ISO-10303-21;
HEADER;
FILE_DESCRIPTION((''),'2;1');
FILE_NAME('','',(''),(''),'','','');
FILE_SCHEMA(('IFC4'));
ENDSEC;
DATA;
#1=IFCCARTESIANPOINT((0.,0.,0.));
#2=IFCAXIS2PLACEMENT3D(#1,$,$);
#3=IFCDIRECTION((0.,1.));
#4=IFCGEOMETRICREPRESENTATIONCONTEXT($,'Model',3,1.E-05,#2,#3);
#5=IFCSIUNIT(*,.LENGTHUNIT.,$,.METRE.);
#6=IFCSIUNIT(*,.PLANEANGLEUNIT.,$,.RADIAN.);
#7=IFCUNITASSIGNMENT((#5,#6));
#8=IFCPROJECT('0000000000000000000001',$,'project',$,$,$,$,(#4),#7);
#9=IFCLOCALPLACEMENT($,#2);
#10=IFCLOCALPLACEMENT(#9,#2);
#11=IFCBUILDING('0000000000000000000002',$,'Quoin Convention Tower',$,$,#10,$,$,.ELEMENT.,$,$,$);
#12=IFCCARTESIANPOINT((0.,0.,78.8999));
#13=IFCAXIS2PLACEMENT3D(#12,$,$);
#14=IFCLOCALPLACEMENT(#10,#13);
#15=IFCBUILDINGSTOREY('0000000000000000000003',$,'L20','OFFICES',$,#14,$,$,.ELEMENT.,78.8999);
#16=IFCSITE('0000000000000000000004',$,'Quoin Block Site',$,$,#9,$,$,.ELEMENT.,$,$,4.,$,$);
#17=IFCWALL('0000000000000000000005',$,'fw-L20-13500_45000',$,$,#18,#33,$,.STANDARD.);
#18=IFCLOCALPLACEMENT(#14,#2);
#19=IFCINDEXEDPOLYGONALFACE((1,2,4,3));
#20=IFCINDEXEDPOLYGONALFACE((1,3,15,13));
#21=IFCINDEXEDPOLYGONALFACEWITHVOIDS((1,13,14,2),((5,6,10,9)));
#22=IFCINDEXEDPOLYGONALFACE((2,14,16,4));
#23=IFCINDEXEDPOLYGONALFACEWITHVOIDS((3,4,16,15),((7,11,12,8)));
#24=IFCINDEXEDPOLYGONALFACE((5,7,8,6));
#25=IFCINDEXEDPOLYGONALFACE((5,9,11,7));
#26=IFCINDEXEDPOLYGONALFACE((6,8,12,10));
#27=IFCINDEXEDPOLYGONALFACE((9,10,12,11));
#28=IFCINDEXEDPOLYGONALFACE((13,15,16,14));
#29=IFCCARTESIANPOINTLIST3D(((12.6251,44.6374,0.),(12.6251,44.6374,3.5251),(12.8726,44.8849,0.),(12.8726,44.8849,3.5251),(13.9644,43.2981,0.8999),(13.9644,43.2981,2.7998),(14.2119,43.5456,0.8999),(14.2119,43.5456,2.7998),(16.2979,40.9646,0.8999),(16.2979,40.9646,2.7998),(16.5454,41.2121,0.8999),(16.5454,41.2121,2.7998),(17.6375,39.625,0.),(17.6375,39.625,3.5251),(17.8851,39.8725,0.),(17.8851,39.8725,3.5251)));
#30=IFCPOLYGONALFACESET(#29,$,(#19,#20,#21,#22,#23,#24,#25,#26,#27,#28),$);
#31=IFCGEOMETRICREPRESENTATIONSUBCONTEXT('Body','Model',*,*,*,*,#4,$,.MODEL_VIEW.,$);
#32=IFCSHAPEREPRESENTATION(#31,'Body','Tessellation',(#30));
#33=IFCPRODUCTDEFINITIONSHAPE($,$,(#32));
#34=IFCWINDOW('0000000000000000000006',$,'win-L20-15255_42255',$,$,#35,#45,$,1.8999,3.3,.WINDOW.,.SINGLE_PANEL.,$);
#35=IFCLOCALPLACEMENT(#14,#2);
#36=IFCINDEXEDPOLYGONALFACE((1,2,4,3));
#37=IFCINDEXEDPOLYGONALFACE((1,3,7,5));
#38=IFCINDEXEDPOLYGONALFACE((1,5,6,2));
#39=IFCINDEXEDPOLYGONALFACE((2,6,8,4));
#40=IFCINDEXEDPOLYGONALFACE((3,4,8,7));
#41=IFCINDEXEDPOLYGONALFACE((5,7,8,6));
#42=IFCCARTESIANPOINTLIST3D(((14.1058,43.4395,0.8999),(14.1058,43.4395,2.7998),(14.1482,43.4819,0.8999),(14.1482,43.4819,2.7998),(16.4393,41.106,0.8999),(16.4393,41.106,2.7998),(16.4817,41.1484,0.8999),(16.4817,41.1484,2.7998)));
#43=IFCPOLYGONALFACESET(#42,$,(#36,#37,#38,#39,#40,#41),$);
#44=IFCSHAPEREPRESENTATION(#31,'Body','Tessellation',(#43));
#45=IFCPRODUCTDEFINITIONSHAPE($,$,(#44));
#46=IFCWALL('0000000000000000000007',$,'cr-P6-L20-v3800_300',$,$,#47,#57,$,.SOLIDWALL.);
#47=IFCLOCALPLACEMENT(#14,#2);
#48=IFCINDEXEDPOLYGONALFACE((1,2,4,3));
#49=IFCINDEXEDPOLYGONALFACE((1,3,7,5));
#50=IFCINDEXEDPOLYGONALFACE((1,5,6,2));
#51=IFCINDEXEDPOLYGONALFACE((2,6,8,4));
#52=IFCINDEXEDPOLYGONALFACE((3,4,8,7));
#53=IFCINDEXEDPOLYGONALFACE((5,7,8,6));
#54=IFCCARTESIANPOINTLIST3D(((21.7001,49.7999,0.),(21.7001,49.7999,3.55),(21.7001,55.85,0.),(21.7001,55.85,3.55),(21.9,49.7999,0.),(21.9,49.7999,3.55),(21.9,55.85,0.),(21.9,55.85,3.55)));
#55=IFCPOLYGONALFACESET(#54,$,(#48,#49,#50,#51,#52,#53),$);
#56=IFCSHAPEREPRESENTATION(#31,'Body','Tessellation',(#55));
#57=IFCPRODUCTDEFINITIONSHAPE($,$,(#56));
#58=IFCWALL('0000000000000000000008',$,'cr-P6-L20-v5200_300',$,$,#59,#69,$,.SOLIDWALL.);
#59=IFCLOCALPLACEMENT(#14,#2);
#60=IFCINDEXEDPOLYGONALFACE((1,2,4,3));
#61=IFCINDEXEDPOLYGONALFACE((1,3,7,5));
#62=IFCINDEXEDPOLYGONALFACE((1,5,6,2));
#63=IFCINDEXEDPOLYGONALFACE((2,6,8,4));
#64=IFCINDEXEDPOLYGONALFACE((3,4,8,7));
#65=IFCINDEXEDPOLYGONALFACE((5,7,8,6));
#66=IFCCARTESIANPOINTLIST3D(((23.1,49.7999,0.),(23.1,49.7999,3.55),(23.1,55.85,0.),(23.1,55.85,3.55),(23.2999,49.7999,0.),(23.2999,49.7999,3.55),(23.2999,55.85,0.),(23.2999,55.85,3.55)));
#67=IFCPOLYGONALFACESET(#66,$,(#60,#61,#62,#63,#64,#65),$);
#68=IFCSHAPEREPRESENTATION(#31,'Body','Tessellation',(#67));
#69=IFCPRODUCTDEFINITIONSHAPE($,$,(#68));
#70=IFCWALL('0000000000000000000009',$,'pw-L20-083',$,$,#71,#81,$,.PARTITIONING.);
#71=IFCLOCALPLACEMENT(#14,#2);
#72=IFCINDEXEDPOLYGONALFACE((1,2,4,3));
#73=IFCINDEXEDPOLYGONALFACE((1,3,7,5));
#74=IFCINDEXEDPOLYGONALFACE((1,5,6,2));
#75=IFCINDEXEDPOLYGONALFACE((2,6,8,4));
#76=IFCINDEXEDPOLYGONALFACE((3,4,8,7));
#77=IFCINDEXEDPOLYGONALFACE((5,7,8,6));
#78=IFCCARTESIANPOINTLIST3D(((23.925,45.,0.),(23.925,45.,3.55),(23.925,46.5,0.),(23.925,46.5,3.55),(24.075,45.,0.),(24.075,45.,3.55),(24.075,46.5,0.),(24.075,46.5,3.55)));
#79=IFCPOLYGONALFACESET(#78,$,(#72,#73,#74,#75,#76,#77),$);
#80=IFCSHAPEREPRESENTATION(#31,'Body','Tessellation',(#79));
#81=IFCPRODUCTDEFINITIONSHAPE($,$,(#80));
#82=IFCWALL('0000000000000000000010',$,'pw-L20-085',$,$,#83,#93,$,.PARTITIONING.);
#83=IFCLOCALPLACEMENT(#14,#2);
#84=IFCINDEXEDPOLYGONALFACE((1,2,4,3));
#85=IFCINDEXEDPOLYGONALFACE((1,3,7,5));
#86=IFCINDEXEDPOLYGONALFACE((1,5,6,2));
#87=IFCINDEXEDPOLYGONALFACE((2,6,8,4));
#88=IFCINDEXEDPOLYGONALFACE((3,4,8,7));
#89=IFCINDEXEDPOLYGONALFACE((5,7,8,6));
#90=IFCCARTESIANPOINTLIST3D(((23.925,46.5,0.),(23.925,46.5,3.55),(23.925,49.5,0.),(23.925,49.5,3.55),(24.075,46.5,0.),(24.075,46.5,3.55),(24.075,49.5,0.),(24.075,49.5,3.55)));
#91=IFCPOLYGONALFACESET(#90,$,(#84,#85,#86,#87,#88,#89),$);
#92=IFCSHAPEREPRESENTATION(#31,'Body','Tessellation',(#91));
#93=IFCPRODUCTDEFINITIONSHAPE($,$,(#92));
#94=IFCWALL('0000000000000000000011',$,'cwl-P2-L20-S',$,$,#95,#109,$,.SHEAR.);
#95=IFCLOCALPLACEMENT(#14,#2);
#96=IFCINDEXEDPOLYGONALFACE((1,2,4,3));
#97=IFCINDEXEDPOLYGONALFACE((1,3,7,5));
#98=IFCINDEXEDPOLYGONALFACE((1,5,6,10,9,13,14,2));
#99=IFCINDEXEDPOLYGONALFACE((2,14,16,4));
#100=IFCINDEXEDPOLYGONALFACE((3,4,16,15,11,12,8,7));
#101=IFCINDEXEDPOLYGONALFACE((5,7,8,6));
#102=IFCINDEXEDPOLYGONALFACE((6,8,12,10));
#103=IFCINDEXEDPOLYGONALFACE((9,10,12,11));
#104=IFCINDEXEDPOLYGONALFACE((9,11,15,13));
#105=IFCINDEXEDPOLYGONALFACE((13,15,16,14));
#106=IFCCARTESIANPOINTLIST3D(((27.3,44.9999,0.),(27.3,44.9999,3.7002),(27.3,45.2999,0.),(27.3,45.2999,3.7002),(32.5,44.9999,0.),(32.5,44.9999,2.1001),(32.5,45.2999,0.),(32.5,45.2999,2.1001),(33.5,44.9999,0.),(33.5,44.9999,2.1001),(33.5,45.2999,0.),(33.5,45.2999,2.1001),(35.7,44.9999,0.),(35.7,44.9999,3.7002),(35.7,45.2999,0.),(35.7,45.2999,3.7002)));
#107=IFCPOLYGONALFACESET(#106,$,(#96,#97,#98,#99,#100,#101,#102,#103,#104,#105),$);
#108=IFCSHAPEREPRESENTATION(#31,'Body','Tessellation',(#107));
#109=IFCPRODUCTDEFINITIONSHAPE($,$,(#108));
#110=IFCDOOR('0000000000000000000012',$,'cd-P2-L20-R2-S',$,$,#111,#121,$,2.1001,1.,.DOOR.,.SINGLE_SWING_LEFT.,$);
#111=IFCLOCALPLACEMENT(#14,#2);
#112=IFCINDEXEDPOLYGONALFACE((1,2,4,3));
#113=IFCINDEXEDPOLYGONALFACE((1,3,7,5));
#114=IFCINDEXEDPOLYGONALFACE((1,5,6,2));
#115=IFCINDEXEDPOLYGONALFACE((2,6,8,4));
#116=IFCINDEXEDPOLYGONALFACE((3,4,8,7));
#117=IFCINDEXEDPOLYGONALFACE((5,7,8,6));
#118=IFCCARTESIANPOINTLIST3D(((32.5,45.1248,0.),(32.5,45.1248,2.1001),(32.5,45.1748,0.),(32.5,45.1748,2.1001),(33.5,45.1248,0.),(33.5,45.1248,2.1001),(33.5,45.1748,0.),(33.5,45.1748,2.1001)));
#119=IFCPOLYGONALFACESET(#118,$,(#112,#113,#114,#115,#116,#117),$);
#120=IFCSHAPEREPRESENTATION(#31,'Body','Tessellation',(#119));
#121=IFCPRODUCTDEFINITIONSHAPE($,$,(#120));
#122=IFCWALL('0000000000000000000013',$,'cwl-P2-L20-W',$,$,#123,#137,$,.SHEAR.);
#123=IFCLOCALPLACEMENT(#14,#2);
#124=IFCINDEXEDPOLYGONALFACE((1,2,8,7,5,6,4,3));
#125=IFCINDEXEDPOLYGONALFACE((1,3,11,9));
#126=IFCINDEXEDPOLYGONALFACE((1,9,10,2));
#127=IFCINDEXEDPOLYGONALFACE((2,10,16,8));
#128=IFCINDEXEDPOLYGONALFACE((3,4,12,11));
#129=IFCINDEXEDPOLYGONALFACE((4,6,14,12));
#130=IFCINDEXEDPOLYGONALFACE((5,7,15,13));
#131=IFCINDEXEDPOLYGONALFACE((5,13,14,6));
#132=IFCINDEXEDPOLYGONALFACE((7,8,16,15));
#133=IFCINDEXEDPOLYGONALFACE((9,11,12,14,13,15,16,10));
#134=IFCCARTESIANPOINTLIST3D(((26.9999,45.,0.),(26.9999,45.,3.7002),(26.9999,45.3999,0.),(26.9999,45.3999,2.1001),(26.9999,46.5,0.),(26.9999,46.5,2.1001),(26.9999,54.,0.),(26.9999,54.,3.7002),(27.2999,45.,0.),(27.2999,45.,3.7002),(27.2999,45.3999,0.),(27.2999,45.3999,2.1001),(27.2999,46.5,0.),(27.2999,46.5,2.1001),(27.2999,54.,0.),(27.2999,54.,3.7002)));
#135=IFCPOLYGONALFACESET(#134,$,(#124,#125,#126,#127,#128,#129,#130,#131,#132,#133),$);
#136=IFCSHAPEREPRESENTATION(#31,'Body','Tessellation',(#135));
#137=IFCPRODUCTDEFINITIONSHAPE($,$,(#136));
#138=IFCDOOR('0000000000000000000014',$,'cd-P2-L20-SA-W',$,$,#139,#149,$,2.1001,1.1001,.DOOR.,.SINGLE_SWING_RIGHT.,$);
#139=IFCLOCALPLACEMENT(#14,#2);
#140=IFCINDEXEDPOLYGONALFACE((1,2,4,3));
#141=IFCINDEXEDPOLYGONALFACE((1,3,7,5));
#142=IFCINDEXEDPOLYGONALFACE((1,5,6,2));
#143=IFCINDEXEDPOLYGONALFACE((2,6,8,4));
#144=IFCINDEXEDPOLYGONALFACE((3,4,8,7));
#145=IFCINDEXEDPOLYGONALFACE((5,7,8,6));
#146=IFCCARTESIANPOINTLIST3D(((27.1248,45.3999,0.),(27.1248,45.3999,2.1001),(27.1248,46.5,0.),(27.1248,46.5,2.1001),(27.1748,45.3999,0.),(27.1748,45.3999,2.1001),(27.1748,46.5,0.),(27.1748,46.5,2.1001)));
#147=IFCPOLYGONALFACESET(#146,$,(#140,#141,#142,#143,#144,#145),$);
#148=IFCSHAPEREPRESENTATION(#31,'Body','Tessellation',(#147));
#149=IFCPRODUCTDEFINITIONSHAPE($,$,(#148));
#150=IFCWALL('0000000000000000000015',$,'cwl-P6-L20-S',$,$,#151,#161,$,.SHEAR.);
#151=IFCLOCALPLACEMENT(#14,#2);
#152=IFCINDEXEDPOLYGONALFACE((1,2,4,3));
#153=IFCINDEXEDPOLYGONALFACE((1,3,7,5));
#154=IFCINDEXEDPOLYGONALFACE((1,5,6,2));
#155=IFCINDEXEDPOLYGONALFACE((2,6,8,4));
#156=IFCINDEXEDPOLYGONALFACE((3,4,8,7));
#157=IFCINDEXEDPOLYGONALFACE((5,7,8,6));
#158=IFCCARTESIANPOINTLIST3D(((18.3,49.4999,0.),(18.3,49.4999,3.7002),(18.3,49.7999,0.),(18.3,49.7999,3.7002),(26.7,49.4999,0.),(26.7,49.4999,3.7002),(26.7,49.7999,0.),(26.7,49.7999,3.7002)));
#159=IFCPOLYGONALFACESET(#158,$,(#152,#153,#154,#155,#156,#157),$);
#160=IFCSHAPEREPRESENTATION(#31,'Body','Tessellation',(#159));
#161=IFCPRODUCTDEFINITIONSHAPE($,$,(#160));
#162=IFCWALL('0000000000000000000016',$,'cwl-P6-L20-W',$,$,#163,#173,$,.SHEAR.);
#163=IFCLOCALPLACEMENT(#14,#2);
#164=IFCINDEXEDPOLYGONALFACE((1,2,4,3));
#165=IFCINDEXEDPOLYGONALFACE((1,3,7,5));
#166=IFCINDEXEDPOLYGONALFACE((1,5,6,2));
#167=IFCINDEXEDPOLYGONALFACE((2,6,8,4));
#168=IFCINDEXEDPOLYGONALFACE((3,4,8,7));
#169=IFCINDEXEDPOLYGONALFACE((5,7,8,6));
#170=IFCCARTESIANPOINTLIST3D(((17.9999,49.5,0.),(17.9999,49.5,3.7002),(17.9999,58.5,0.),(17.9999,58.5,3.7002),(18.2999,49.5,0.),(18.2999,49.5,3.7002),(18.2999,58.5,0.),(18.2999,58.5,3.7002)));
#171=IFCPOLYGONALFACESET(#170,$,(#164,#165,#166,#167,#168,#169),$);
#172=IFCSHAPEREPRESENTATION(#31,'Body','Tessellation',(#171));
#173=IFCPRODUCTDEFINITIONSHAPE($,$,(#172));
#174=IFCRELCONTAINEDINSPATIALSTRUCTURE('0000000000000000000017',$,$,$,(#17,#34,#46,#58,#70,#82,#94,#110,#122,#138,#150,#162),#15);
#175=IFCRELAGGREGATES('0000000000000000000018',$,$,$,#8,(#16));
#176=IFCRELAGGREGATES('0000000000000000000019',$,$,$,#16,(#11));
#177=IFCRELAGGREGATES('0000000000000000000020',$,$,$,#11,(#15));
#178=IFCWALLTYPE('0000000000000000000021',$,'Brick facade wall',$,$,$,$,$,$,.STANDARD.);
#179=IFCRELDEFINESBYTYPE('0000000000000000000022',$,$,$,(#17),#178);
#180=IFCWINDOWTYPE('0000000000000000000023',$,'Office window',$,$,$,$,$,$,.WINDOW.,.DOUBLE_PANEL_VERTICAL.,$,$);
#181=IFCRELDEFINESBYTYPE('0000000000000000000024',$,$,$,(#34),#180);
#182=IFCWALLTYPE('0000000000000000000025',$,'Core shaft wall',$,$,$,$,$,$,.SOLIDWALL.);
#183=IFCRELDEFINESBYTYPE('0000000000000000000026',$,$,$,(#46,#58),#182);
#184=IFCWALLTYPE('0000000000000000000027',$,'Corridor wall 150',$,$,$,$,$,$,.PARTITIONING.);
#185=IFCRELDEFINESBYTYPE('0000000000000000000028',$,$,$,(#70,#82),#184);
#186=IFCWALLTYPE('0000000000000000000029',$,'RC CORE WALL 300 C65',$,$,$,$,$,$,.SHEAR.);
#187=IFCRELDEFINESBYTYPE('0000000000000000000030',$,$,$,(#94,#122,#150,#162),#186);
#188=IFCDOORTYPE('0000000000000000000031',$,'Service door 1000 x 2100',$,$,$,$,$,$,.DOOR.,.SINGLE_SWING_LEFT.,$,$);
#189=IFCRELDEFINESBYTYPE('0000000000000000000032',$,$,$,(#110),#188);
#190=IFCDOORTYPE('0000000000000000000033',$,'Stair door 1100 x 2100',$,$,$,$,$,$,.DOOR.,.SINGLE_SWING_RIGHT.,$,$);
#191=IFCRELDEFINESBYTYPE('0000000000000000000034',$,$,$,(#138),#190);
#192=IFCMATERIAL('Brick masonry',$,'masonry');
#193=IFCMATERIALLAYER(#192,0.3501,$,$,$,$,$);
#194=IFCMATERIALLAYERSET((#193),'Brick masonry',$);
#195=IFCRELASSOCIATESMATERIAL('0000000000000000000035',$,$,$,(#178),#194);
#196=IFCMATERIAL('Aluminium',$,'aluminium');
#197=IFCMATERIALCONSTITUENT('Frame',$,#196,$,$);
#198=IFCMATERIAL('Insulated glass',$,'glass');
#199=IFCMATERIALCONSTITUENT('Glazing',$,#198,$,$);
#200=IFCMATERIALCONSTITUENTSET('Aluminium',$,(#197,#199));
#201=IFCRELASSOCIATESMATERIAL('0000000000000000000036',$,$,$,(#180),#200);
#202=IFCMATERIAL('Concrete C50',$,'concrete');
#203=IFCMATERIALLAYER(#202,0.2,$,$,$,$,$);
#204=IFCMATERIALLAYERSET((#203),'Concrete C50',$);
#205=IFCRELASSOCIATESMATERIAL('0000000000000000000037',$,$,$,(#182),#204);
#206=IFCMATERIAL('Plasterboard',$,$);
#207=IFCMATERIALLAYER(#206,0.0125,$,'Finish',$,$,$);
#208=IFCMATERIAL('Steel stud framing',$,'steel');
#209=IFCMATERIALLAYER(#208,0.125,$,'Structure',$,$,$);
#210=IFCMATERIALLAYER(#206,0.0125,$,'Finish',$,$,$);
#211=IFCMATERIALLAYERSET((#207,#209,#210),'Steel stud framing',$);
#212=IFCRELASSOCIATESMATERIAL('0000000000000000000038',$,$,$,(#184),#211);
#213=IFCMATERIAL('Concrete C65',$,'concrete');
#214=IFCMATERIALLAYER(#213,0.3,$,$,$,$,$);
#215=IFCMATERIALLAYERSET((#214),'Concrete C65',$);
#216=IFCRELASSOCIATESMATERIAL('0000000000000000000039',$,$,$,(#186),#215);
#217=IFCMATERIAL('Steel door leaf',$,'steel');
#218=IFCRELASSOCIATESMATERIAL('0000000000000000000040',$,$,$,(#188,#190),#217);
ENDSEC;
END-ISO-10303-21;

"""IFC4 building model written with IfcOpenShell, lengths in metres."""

from ifc_helpers import new_model, si_unit, direction, frame, frame_2d, origin, place, context, subcontext, project, spatial, rectangle, extrude, material, layer, layer_set, constituent, constituent_set, type_object, element, fill, save


model = new_model("IFC4")

# Units and contexts
model_context = context("Model", 3, precision=1e-05, world=origin(), true_north=direction((0.0, 1.0)))
body_context = subcontext(model_context, "Body", "Model", "MODEL_VIEW")
ifc_project = project(units=[si_unit("LENGTHUNIT", "METRE"), si_unit("PLANEANGLEUNIT", "RADIAN")], contexts=[model_context])

# Site, building, storey
site_placement = place(None, origin())
site = spatial("IfcSite", under=ifc_project, at=site_placement, Name="Quoin Block Site", CompositionType="ELEMENT", RefElevation=4.0)
building_placement = place(site_placement, origin())
building = spatial("IfcBuilding", under=site, at=building_placement, Name="Quoin Convention Tower", CompositionType="ELEMENT")
storey_placement = place(building_placement, frame((0.0, 0.0, 78.8999)))
storey = spatial("IfcBuildingStorey", under=building, at=storey_placement, Name="L20", Description="OFFICES", CompositionType="ELEMENT", Elevation=78.8999)

# Shared definitions
ifc_material_1 = material(Name="Concrete C65", Category="concrete")

# Wall, opening, window
ifc_material_2 = material(Name="Brick masonry", Category="masonry")
ifc_layer_1 = layer(ifc_material_2, 0.3501)
ifc_layer_set_1 = layer_set([ifc_layer_1], Name="Brick masonry")
wall_type_1 = type_object("IfcWallType", Name="Brick facade wall", PredefinedType="STANDARD", material=ifc_layer_set_1)
wall_1_placement = place(storey_placement, frame((12.7488, 44.7612, 0.0), z_axis=(0.0, 0.0, 1.0), x_axis=(0.707107, -0.707107, 0.0)))
wall_1 = element("IfcWall", 1, at=wall_1_placement, inside=storey, type_object=wall_type_1, Name="fw-L20-13500_45000", PredefinedType="STANDARD", context=body_context, shape_type="SweptSolid", body=[
    extrude(rectangle(XDim=7.0886, YDim=0.3501, at=frame_2d((3.5444, 0.0))), origin(), (0.0, 0.0, 1.0), 3.5251),
])
opening_1_placement = place(wall_1_placement, frame((1.8943, 0.0, 0.8999)))
opening_1 = element("IfcOpeningElement", 2, at=opening_1_placement, cuts=wall_1, PredefinedType="OPENING", context=body_context, shape_type="SweptSolid", body=[
    extrude(rectangle(XDim=3.3, YDim=1.8999, at=frame_2d((1.6499, 0.95))), frame((0.0, 0.1851, 0.0), z_axis=(0.0, -1.0, 0.0), x_axis=(1.0, 0.0, 0.0)), (0.0, 0.0, 1.0), 0.3701),
])
ifc_material_3 = material(Name="Aluminium", Category="aluminium")
ifc_constituent_1 = constituent(ifc_material_3, Name="Frame")
ifc_material_4 = material(Name="Insulated glass", Category="glass")
ifc_constituent_2 = constituent(ifc_material_4, Name="Glazing")
ifc_constituent_set = constituent_set(constituents=[ifc_constituent_1, ifc_constituent_2], Name="Aluminium")
window_type = type_object("IfcWindowType", Name="Office window", PartitioningType="DOUBLE_PANEL_VERTICAL", PredefinedType="WINDOW", material=ifc_constituent_set)
window_placement = place(opening_1_placement, origin())
window = element("IfcWindow", 3, at=window_placement, inside=storey, type_object=window_type, Name="win-L20-15255_42255", OverallHeight=1.8999, OverallWidth=3.3, PartitioningType="SINGLE_PANEL", PredefinedType="WINDOW", context=body_context, shape_type="SweptSolid", body=[
    extrude(rectangle(XDim=3.3, YDim=1.8999, at=frame_2d((1.6499, 0.95))), frame((0.0, 0.085, 0.0), z_axis=(0.0, -1.0, 0.0), x_axis=(1.0, 0.0, 0.0)), (0.0, 0.0, 1.0), 0.0601),
])
fill(opening_1, window)

# Walls
ifc_material_5 = material(Name="Concrete C50", Category="concrete")
ifc_layer_2 = layer(ifc_material_5, 0.2)
ifc_layer_set_2 = layer_set([ifc_layer_2], Name="Concrete C50")
wall_type_2 = type_object("IfcWallType", Name="Core shaft wall", PredefinedType="SOLIDWALL", material=ifc_layer_set_2)
for number, where, z_axis, x_axis, name in (
    (4, (21.8, 49.8, 0.0), (0.0, 0.0, 1.0), (0.0, 1.0, 0.0), "cr-P6-L20-v3800_300"),
    (5, (23.2, 49.8, 0.0), (0.0, 0.0, 1.0), (0.0, 1.0, 0.0), "cr-P6-L20-v5200_300"),
):
    element("IfcWall", number, at=place(storey_placement, frame(where, z_axis=z_axis, x_axis=x_axis)), inside=storey, type_object=wall_type_2, Name=name, PredefinedType="SOLIDWALL", context=body_context, shape_type="SweptSolid", body=[
        extrude(rectangle(XDim=6.05, YDim=0.2, at=frame_2d((3.0249, 0.0))), origin(), (0.0, 0.0, 1.0), 3.55),
    ])
ifc_material_6 = material(Name="Plasterboard")
ifc_layer_3 = layer(ifc_material_6, 0.0125, Name="Finish")
ifc_material_7 = material(Name="Steel stud framing", Category="steel")
ifc_layer_4 = layer(ifc_material_7, 0.125, Name="Structure")
ifc_layer_5 = layer(ifc_material_6, 0.0125, Name="Finish")
ifc_layer_set_3 = layer_set([ifc_layer_3, ifc_layer_4, ifc_layer_5], Name="Steel stud framing")
wall_type_3 = type_object("IfcWallType", Name="Corridor wall 150", PredefinedType="PARTITIONING", material=ifc_layer_set_3)
wall_2_placement = place(storey_placement, frame((24.0, 45.0, 0.0), z_axis=(0.0, 0.0, 1.0), x_axis=(0.0, 1.0, 0.0)))
element("IfcWall", 6, at=wall_2_placement, inside=storey, type_object=wall_type_3, Name="pw-L20-083", PredefinedType="PARTITIONING", context=body_context, shape_type="SweptSolid", body=[
    extrude(rectangle(XDim=1.5, YDim=0.1499, at=frame_2d((0.75, 0.0))), origin(), (0.0, 0.0, 1.0), 3.55),
])
wall_3_placement = place(storey_placement, frame((24.0, 46.5, 0.0), z_axis=(0.0, 0.0, 1.0), x_axis=(0.0, 1.0, 0.0)))
element("IfcWall", 7, at=wall_3_placement, inside=storey, type_object=wall_type_3, Name="pw-L20-085", PredefinedType="PARTITIONING", context=body_context, shape_type="SweptSolid", body=[
    extrude(rectangle(XDim=3.0, YDim=0.1499, at=frame_2d((1.5, 0.0))), origin(), (0.0, 0.0, 1.0), 3.55),
])

# Walls, openings, doors
ifc_layer_6 = layer(ifc_material_1, 0.3)
ifc_layer_set_4 = layer_set([ifc_layer_6], Name="Concrete C65")
wall_type_4 = type_object("IfcWallType", Name="RC CORE WALL 300 C65", PredefinedType="SHEAR", material=ifc_layer_set_4)
wall_4_placement = place(storey_placement, frame((27.3, 45.1499, 0.0), z_axis=(0.0, 0.0, 1.0), x_axis=(1.0, 0.0, 0.0)))
wall_4 = element("IfcWall", 8, at=wall_4_placement, inside=storey, type_object=wall_type_4, Name="cwl-P2-L20-S", PredefinedType="SHEAR", context=body_context, shape_type="SweptSolid", body=[
    extrude(rectangle(XDim=8.3999, YDim=0.3, at=frame_2d((4.2, 0.0))), origin(), (0.0, 0.0, 1.0), 3.7002),
])
opening_2_placement = place(wall_4_placement, frame((5.2, 0.0, 0.0)))
opening_2 = element("IfcOpeningElement", 9, at=opening_2_placement, cuts=wall_4, PredefinedType="OPENING", context=body_context, shape_type="SweptSolid", body=[
    extrude(rectangle(XDim=1.0, YDim=2.1001, at=frame_2d((0.5, 1.05))), frame((0.0, 0.1599, 0.0), z_axis=(0.0, -1.0, 0.0), x_axis=(1.0, 0.0, 0.0)), (0.0, 0.0, 1.0), 0.3201),
])
ifc_material_8 = material(Name="Steel door leaf", Category="steel")
door_type_1 = type_object("IfcDoorType", Name="Service door 1000 x 2100", OperationType="SINGLE_SWING_LEFT", PredefinedType="DOOR", material=ifc_material_8)
door_1_placement = place(opening_2_placement, origin())
door_1 = element("IfcDoor", 10, at=door_1_placement, inside=storey, type_object=door_type_1, Name="cd-P2-L20-R2-S", OperationType="SINGLE_SWING_LEFT", OverallHeight=2.1001, OverallWidth=1.0, PredefinedType="DOOR", context=body_context, shape_type="SweptSolid", body=[
    extrude(rectangle(XDim=1.0, YDim=2.1001, at=frame_2d((0.5, 1.05))), frame((0.0, 0.0249, 0.0), z_axis=(0.0, -1.0, 0.0), x_axis=(1.0, 0.0, 0.0)), (0.0, 0.0, 1.0), 0.05),
])
fill(opening_2, door_1)
wall_5_placement = place(storey_placement, frame((27.1499, 45.0, 0.0), z_axis=(0.0, 0.0, 1.0), x_axis=(0.0, 1.0, 0.0)))
wall_5 = element("IfcWall", 11, at=wall_5_placement, inside=storey, type_object=wall_type_4, Name="cwl-P2-L20-W", PredefinedType="SHEAR", context=body_context, shape_type="SweptSolid", body=[
    extrude(rectangle(XDim=9.0, YDim=0.3, at=frame_2d((4.5, 0.0))), origin(), (0.0, 0.0, 1.0), 3.7002),
])
opening_3_placement = place(wall_5_placement, frame((0.3999, 0.0, 0.0)))
opening_3 = element("IfcOpeningElement", 12, at=opening_3_placement, cuts=wall_5, PredefinedType="OPENING", context=body_context, shape_type="SweptSolid", body=[
    extrude(rectangle(XDim=1.1001, YDim=2.1001, at=frame_2d((0.55, 1.05))), frame((0.0, 0.1599, 0.0), z_axis=(0.0, -1.0, 0.0), x_axis=(1.0, 0.0, 0.0)), (0.0, 0.0, 1.0), 0.3201),
])
door_type_2 = type_object("IfcDoorType", Name="Stair door 1100 x 2100", OperationType="SINGLE_SWING_RIGHT", PredefinedType="DOOR", material=ifc_material_8)
door_2_placement = place(opening_3_placement, frame((1.1001, 0.0, 0.0), z_axis=(0.0, 0.0, 1.0), x_axis=(-1.0, 0.0, 0.0)))
door_2 = element("IfcDoor", 13, at=door_2_placement, inside=storey, type_object=door_type_2, Name="cd-P2-L20-SA-W", OperationType="SINGLE_SWING_RIGHT", OverallHeight=2.1001, OverallWidth=1.1001, PredefinedType="DOOR", context=body_context, shape_type="SweptSolid", body=[
    extrude(rectangle(XDim=1.1001, YDim=2.1001, at=frame_2d((0.55, 1.05))), frame((0.0, 0.0249, 0.0), z_axis=(0.0, -1.0, 0.0), x_axis=(1.0, 0.0, 0.0)), (0.0, 0.0, 1.0), 0.05),
])
fill(opening_3, door_2)

# Walls
wall_6_placement = place(storey_placement, frame((18.3, 49.6499, 0.0), z_axis=(0.0, 0.0, 1.0), x_axis=(1.0, 0.0, 0.0)))
element("IfcWall", 14, at=wall_6_placement, inside=storey, type_object=wall_type_4, Name="cwl-P6-L20-S", PredefinedType="SHEAR", context=body_context, shape_type="SweptSolid", body=[
    extrude(rectangle(XDim=8.3999, YDim=0.3, at=frame_2d((4.2, 0.0))), origin(), (0.0, 0.0, 1.0), 3.7002),
])
wall_7_placement = place(storey_placement, frame((18.1499, 49.5, 0.0), z_axis=(0.0, 0.0, 1.0), x_axis=(0.0, 1.0, 0.0)))
element("IfcWall", 15, at=wall_7_placement, inside=storey, type_object=wall_type_4, Name="cwl-P6-L20-W", PredefinedType="SHEAR", context=body_context, shape_type="SweptSolid", body=[
    extrude(rectangle(XDim=9.0, YDim=0.3, at=frame_2d((4.5, 0.0))), origin(), (0.0, 0.0, 1.0), 3.7002),
])

save(model, "model.ifc")
